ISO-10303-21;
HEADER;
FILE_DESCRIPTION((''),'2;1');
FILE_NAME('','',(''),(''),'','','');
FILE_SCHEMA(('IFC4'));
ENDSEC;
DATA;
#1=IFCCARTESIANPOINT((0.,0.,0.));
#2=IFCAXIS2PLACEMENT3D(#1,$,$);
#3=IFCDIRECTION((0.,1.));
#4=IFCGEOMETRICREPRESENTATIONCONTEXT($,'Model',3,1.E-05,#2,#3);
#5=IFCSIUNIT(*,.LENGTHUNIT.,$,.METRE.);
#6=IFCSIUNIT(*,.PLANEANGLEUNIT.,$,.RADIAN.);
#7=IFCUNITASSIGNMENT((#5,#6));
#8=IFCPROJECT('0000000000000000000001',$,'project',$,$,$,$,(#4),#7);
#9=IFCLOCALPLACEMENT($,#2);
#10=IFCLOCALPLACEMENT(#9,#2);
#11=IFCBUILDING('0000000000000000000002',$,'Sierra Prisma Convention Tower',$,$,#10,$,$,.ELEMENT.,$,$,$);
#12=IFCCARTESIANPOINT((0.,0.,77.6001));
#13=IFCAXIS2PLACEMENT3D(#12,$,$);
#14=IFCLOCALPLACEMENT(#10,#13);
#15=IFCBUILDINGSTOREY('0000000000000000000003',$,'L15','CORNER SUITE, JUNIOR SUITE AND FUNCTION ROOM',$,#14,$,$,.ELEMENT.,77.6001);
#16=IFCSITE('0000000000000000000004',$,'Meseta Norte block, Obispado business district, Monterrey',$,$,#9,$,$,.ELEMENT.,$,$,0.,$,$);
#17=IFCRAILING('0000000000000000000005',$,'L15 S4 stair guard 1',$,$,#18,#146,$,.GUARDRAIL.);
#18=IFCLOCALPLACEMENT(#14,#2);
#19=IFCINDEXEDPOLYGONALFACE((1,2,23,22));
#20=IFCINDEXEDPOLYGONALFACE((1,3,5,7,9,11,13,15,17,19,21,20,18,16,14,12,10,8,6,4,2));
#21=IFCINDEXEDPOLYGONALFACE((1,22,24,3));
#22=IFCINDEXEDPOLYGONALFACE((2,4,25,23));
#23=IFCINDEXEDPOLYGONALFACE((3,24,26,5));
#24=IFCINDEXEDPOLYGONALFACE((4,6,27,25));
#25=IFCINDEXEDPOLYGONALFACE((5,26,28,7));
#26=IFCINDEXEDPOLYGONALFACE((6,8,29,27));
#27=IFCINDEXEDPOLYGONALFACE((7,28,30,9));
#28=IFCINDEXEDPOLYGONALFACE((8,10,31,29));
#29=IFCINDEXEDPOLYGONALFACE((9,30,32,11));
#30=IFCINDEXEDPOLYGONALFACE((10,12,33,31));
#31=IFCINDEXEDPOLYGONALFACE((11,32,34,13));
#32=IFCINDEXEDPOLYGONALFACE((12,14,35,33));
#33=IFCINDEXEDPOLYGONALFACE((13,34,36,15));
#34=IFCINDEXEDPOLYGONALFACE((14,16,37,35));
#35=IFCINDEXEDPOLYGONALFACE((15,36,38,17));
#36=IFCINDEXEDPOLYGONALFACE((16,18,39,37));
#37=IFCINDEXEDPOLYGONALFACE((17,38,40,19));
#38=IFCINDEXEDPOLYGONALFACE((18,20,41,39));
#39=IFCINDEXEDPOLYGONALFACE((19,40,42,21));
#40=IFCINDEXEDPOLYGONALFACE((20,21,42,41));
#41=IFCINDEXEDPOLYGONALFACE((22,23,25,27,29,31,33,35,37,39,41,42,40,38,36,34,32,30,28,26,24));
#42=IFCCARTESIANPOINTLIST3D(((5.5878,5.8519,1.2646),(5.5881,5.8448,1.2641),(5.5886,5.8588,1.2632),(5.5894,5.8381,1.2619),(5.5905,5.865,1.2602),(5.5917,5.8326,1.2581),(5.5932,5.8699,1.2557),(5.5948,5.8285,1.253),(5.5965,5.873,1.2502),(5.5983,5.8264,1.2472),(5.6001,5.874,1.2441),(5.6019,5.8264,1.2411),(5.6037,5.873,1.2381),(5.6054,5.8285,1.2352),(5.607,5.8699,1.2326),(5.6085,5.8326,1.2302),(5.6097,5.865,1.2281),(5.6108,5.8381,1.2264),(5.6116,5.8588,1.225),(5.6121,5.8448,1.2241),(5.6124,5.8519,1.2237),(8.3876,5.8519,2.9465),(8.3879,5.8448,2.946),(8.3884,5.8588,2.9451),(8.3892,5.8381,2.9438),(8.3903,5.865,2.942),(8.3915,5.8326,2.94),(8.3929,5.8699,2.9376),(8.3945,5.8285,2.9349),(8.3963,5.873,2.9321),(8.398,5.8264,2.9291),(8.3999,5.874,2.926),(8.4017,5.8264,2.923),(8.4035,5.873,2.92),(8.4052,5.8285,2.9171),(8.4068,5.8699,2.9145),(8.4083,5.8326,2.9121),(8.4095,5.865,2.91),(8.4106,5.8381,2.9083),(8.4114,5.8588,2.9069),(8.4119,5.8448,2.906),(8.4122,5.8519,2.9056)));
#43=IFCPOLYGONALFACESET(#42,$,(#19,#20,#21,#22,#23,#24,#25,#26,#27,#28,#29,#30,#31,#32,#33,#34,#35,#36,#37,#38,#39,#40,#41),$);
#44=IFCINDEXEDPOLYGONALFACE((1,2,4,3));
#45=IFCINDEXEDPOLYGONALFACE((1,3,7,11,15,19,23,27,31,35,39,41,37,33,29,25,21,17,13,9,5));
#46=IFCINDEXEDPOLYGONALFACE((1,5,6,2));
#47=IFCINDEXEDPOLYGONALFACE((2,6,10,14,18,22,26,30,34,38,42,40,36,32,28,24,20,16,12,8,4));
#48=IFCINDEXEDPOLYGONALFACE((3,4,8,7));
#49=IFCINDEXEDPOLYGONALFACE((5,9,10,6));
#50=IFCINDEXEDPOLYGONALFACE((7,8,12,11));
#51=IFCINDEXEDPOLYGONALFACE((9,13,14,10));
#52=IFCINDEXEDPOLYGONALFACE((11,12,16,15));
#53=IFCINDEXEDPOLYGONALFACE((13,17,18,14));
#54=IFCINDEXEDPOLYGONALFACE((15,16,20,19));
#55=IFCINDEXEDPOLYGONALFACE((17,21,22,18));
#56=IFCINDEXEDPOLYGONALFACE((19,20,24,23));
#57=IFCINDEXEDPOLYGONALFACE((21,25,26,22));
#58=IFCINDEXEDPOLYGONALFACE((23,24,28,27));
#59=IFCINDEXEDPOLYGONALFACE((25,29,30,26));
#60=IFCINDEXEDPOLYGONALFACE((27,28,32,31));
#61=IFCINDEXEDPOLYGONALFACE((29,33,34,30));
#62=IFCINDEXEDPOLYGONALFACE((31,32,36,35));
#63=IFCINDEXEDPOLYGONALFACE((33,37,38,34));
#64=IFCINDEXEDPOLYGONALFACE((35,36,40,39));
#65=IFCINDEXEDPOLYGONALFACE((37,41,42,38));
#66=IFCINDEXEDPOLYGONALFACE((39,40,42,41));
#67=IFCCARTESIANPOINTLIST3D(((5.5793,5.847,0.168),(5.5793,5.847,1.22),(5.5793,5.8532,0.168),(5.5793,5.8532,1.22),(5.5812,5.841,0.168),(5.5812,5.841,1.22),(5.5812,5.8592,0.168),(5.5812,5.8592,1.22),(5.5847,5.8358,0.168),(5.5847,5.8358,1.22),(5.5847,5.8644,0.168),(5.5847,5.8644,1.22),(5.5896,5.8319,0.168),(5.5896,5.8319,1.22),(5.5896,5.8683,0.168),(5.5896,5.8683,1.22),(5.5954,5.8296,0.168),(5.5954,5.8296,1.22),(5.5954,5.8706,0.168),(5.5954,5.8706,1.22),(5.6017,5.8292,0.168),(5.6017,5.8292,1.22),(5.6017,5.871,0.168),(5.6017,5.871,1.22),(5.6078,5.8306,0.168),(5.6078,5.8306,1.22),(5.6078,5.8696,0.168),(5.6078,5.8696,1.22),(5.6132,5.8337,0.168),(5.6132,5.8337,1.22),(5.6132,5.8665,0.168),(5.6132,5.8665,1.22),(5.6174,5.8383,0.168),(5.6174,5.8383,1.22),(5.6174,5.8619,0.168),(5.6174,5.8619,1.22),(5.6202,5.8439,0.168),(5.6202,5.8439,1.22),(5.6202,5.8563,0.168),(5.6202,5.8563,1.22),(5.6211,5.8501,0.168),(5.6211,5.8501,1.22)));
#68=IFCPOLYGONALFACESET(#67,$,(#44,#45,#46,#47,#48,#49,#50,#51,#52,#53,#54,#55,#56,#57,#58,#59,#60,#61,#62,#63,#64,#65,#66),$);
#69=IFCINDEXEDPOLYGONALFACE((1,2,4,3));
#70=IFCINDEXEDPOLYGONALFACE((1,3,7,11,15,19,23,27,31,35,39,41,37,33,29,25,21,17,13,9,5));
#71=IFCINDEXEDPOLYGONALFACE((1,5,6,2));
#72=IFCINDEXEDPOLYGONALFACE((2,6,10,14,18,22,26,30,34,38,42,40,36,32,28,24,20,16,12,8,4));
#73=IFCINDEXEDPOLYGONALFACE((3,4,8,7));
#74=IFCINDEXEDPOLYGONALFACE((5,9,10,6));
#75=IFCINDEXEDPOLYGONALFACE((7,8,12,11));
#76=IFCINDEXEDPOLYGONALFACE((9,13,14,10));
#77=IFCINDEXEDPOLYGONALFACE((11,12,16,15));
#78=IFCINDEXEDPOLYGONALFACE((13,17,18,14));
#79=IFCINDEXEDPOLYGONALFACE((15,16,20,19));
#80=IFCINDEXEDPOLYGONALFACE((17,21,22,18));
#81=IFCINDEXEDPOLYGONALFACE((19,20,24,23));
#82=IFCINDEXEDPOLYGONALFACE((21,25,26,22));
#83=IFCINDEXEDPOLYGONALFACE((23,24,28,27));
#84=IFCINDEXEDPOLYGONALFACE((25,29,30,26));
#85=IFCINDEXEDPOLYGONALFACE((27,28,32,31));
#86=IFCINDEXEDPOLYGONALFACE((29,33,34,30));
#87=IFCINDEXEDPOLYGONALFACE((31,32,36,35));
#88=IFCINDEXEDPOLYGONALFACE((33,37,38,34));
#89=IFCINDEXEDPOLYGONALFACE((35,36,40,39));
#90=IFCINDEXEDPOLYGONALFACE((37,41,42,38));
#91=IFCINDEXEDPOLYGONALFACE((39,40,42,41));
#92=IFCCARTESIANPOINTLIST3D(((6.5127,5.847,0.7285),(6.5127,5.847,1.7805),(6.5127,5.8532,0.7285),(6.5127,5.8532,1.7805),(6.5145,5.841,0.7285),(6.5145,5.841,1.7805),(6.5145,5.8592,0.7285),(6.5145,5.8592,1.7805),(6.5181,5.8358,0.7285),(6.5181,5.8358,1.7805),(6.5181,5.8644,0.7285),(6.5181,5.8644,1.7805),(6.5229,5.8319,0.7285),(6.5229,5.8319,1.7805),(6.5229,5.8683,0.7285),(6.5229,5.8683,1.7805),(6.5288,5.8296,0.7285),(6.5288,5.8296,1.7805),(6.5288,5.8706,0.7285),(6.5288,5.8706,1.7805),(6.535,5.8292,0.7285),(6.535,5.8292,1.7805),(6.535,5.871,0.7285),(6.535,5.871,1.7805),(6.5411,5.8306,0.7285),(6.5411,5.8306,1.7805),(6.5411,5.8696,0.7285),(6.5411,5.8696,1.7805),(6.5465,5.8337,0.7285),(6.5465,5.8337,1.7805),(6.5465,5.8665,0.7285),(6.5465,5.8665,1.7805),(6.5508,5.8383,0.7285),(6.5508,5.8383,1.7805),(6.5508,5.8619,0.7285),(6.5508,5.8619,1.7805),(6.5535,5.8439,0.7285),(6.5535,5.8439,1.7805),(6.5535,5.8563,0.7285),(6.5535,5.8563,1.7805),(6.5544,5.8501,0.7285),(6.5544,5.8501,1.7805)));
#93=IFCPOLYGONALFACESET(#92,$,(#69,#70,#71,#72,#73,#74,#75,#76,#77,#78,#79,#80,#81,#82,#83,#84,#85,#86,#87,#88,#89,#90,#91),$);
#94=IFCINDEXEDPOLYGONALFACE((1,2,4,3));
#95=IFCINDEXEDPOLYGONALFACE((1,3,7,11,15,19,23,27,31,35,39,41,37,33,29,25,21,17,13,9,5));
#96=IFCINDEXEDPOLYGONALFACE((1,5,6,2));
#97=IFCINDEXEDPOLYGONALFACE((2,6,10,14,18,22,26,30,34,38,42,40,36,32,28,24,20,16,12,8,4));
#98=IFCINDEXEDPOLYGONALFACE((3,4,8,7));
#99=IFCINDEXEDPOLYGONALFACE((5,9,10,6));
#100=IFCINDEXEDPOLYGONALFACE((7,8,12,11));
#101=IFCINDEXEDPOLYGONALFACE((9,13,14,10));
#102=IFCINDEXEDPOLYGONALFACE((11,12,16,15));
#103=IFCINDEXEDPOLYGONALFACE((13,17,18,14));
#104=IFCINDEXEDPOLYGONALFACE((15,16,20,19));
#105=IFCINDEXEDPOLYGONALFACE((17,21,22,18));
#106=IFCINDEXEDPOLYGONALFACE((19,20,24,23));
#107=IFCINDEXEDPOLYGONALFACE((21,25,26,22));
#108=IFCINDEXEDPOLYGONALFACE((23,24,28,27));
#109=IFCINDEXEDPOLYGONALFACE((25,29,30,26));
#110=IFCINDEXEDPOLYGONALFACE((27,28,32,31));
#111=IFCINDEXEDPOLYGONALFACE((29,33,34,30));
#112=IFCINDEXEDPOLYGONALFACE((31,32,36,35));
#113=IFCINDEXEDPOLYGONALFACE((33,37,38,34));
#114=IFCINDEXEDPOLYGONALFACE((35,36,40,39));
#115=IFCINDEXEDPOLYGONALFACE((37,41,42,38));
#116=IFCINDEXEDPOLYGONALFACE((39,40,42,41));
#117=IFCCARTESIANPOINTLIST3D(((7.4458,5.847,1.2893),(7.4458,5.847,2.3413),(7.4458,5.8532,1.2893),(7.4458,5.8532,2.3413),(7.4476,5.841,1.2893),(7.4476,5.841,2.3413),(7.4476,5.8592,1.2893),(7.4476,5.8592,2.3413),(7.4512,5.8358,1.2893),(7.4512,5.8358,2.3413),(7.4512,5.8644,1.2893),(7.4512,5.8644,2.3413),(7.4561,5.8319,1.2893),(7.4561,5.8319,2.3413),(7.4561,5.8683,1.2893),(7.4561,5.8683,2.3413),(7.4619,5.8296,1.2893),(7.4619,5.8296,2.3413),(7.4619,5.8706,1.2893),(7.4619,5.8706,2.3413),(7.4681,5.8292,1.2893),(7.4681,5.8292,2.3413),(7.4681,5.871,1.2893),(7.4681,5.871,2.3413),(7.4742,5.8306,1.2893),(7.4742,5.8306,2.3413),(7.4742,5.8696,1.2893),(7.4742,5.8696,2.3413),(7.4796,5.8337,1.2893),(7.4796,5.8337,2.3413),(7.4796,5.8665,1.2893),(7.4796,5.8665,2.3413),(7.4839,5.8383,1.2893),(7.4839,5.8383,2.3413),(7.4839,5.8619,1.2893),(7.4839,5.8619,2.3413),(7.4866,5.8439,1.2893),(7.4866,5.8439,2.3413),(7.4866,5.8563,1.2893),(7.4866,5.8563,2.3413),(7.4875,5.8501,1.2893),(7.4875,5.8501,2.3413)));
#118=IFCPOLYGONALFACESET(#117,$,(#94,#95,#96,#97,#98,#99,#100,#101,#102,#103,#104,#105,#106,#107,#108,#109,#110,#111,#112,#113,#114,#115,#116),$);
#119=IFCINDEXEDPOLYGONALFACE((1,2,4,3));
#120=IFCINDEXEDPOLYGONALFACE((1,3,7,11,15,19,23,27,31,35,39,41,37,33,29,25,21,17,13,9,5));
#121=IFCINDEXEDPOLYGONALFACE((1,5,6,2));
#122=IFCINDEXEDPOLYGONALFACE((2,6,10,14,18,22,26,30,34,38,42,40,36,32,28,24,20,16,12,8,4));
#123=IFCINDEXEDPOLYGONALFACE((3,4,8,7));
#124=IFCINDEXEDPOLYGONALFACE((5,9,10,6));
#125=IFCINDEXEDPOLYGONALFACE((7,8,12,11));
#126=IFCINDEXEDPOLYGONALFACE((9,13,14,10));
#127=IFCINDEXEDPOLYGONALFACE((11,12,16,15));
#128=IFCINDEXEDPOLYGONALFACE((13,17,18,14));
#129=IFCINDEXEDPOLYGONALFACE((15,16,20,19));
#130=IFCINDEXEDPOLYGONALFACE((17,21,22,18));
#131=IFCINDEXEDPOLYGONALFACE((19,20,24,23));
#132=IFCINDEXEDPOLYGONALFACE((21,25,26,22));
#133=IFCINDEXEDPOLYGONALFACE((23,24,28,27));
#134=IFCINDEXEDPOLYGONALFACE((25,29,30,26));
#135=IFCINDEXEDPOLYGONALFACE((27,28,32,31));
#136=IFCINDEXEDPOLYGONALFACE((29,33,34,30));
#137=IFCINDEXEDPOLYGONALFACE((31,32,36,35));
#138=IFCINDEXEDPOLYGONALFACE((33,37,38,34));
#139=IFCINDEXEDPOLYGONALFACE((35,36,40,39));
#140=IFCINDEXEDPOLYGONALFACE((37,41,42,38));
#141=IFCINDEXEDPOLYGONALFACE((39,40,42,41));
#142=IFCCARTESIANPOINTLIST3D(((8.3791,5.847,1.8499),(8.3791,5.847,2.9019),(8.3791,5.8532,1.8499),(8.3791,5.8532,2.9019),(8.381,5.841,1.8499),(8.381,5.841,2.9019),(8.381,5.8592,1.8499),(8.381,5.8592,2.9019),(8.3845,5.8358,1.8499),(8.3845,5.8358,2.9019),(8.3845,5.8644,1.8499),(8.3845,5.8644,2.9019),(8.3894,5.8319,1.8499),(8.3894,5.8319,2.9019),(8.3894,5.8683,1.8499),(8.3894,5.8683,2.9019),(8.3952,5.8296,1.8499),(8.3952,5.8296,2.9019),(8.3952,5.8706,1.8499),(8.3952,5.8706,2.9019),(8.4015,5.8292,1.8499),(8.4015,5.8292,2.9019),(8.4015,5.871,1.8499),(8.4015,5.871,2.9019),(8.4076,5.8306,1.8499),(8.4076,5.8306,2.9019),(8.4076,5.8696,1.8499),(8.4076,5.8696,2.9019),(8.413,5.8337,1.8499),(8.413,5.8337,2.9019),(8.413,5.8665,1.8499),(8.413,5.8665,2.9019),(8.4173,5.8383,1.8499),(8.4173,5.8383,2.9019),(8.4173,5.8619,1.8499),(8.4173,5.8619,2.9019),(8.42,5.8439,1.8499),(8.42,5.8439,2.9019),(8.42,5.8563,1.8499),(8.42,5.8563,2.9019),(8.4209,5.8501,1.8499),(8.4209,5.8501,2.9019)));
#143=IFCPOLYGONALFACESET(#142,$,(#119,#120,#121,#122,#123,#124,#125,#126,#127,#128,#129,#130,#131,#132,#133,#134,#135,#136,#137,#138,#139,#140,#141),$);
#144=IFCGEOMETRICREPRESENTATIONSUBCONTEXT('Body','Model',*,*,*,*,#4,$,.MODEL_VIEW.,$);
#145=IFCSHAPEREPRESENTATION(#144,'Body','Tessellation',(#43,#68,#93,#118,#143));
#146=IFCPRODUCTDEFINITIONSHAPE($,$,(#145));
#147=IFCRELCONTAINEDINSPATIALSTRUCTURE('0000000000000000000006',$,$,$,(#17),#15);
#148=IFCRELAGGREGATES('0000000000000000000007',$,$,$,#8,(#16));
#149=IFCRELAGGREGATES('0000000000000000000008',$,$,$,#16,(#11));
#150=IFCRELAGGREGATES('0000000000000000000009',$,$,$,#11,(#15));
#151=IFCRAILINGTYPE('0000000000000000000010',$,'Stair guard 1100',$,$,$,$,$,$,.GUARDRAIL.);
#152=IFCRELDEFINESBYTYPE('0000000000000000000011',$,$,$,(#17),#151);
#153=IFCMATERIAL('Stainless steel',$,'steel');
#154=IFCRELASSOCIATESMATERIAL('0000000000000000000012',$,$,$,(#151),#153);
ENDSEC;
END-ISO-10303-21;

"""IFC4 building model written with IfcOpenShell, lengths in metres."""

from ifc_helpers import new_model, si_unit, direction, frame, origin, origin_2d, place, context, subcontext, project, spatial, circle, extrude, material, type_object, element, save


model = new_model("IFC4")

# Units and contexts
model_context = context("Model", 3, precision=1e-05, world=origin(), true_north=direction((0.0, 1.0)))
body_context = subcontext(model_context, "Body", "Model", "MODEL_VIEW")
ifc_project = project(units=[si_unit("LENGTHUNIT", "METRE"), si_unit("PLANEANGLEUNIT", "RADIAN")], contexts=[model_context])

# Site, building, storey
site_placement = place(None, origin())
site = spatial("IfcSite", under=ifc_project, at=site_placement, Name="Meseta Norte block, Obispado business district, Monterrey", CompositionType="ELEMENT", RefElevation=0.0)
building_placement = place(site_placement, origin())
building = spatial("IfcBuilding", under=site, at=building_placement, Name="Sierra Prisma Convention Tower", CompositionType="ELEMENT")
storey_placement = place(building_placement, frame((0.0, 0.0, 77.6001)))
storey = spatial("IfcBuildingStorey", under=building, at=storey_placement, Name="L15", Description="CORNER SUITE, JUNIOR SUITE AND FUNCTION ROOM", CompositionType="ELEMENT", Elevation=77.6001)

# Railing
ifc_material_1 = material(Name="Stainless steel", Category="steel")
railing_type_1 = type_object("IfcRailingType", Name="Stair guard 1100", PredefinedType="GUARDRAIL", material=ifc_material_1)
railing_1_placement = place(storey_placement, frame((5.6001, 5.8501, 0.168)))
element("IfcRailing", 1, at=railing_1_placement, inside=storey, type_object=railing_type_1, Name="L15 S4 stair guard 1", PredefinedType="GUARDRAIL", context=body_context, shape_type="SweptSolid", body=[
    extrude(circle(Radius=0.0239, at=origin_2d()), frame((0.0, 0.0, 1.0762), z_axis=(0.857222, 0.0, 0.514946), x_axis=(0.0, 1.0, 0.0)), (0.0, 0.0, 1.0), 3.2661),
    extrude(circle(Radius=0.021, at=origin_2d()), origin(), (0.0, 0.0, 1.0), 1.052),
    extrude(circle(Radius=0.021, at=origin_2d()), frame((0.9333, 0.0, 0.5605)), (0.0, 0.0, 1.0), 1.052),
    extrude(circle(Radius=0.021, at=origin_2d()), frame((1.8665, 0.0, 1.1213)), (0.0, 0.0, 1.0), 1.052),
    extrude(circle(Radius=0.021, at=origin_2d()), frame((2.7998, 0.0, 1.6819)), (0.0, 0.0, 1.0), 1.052),
])

save(model, "model.ifc")
